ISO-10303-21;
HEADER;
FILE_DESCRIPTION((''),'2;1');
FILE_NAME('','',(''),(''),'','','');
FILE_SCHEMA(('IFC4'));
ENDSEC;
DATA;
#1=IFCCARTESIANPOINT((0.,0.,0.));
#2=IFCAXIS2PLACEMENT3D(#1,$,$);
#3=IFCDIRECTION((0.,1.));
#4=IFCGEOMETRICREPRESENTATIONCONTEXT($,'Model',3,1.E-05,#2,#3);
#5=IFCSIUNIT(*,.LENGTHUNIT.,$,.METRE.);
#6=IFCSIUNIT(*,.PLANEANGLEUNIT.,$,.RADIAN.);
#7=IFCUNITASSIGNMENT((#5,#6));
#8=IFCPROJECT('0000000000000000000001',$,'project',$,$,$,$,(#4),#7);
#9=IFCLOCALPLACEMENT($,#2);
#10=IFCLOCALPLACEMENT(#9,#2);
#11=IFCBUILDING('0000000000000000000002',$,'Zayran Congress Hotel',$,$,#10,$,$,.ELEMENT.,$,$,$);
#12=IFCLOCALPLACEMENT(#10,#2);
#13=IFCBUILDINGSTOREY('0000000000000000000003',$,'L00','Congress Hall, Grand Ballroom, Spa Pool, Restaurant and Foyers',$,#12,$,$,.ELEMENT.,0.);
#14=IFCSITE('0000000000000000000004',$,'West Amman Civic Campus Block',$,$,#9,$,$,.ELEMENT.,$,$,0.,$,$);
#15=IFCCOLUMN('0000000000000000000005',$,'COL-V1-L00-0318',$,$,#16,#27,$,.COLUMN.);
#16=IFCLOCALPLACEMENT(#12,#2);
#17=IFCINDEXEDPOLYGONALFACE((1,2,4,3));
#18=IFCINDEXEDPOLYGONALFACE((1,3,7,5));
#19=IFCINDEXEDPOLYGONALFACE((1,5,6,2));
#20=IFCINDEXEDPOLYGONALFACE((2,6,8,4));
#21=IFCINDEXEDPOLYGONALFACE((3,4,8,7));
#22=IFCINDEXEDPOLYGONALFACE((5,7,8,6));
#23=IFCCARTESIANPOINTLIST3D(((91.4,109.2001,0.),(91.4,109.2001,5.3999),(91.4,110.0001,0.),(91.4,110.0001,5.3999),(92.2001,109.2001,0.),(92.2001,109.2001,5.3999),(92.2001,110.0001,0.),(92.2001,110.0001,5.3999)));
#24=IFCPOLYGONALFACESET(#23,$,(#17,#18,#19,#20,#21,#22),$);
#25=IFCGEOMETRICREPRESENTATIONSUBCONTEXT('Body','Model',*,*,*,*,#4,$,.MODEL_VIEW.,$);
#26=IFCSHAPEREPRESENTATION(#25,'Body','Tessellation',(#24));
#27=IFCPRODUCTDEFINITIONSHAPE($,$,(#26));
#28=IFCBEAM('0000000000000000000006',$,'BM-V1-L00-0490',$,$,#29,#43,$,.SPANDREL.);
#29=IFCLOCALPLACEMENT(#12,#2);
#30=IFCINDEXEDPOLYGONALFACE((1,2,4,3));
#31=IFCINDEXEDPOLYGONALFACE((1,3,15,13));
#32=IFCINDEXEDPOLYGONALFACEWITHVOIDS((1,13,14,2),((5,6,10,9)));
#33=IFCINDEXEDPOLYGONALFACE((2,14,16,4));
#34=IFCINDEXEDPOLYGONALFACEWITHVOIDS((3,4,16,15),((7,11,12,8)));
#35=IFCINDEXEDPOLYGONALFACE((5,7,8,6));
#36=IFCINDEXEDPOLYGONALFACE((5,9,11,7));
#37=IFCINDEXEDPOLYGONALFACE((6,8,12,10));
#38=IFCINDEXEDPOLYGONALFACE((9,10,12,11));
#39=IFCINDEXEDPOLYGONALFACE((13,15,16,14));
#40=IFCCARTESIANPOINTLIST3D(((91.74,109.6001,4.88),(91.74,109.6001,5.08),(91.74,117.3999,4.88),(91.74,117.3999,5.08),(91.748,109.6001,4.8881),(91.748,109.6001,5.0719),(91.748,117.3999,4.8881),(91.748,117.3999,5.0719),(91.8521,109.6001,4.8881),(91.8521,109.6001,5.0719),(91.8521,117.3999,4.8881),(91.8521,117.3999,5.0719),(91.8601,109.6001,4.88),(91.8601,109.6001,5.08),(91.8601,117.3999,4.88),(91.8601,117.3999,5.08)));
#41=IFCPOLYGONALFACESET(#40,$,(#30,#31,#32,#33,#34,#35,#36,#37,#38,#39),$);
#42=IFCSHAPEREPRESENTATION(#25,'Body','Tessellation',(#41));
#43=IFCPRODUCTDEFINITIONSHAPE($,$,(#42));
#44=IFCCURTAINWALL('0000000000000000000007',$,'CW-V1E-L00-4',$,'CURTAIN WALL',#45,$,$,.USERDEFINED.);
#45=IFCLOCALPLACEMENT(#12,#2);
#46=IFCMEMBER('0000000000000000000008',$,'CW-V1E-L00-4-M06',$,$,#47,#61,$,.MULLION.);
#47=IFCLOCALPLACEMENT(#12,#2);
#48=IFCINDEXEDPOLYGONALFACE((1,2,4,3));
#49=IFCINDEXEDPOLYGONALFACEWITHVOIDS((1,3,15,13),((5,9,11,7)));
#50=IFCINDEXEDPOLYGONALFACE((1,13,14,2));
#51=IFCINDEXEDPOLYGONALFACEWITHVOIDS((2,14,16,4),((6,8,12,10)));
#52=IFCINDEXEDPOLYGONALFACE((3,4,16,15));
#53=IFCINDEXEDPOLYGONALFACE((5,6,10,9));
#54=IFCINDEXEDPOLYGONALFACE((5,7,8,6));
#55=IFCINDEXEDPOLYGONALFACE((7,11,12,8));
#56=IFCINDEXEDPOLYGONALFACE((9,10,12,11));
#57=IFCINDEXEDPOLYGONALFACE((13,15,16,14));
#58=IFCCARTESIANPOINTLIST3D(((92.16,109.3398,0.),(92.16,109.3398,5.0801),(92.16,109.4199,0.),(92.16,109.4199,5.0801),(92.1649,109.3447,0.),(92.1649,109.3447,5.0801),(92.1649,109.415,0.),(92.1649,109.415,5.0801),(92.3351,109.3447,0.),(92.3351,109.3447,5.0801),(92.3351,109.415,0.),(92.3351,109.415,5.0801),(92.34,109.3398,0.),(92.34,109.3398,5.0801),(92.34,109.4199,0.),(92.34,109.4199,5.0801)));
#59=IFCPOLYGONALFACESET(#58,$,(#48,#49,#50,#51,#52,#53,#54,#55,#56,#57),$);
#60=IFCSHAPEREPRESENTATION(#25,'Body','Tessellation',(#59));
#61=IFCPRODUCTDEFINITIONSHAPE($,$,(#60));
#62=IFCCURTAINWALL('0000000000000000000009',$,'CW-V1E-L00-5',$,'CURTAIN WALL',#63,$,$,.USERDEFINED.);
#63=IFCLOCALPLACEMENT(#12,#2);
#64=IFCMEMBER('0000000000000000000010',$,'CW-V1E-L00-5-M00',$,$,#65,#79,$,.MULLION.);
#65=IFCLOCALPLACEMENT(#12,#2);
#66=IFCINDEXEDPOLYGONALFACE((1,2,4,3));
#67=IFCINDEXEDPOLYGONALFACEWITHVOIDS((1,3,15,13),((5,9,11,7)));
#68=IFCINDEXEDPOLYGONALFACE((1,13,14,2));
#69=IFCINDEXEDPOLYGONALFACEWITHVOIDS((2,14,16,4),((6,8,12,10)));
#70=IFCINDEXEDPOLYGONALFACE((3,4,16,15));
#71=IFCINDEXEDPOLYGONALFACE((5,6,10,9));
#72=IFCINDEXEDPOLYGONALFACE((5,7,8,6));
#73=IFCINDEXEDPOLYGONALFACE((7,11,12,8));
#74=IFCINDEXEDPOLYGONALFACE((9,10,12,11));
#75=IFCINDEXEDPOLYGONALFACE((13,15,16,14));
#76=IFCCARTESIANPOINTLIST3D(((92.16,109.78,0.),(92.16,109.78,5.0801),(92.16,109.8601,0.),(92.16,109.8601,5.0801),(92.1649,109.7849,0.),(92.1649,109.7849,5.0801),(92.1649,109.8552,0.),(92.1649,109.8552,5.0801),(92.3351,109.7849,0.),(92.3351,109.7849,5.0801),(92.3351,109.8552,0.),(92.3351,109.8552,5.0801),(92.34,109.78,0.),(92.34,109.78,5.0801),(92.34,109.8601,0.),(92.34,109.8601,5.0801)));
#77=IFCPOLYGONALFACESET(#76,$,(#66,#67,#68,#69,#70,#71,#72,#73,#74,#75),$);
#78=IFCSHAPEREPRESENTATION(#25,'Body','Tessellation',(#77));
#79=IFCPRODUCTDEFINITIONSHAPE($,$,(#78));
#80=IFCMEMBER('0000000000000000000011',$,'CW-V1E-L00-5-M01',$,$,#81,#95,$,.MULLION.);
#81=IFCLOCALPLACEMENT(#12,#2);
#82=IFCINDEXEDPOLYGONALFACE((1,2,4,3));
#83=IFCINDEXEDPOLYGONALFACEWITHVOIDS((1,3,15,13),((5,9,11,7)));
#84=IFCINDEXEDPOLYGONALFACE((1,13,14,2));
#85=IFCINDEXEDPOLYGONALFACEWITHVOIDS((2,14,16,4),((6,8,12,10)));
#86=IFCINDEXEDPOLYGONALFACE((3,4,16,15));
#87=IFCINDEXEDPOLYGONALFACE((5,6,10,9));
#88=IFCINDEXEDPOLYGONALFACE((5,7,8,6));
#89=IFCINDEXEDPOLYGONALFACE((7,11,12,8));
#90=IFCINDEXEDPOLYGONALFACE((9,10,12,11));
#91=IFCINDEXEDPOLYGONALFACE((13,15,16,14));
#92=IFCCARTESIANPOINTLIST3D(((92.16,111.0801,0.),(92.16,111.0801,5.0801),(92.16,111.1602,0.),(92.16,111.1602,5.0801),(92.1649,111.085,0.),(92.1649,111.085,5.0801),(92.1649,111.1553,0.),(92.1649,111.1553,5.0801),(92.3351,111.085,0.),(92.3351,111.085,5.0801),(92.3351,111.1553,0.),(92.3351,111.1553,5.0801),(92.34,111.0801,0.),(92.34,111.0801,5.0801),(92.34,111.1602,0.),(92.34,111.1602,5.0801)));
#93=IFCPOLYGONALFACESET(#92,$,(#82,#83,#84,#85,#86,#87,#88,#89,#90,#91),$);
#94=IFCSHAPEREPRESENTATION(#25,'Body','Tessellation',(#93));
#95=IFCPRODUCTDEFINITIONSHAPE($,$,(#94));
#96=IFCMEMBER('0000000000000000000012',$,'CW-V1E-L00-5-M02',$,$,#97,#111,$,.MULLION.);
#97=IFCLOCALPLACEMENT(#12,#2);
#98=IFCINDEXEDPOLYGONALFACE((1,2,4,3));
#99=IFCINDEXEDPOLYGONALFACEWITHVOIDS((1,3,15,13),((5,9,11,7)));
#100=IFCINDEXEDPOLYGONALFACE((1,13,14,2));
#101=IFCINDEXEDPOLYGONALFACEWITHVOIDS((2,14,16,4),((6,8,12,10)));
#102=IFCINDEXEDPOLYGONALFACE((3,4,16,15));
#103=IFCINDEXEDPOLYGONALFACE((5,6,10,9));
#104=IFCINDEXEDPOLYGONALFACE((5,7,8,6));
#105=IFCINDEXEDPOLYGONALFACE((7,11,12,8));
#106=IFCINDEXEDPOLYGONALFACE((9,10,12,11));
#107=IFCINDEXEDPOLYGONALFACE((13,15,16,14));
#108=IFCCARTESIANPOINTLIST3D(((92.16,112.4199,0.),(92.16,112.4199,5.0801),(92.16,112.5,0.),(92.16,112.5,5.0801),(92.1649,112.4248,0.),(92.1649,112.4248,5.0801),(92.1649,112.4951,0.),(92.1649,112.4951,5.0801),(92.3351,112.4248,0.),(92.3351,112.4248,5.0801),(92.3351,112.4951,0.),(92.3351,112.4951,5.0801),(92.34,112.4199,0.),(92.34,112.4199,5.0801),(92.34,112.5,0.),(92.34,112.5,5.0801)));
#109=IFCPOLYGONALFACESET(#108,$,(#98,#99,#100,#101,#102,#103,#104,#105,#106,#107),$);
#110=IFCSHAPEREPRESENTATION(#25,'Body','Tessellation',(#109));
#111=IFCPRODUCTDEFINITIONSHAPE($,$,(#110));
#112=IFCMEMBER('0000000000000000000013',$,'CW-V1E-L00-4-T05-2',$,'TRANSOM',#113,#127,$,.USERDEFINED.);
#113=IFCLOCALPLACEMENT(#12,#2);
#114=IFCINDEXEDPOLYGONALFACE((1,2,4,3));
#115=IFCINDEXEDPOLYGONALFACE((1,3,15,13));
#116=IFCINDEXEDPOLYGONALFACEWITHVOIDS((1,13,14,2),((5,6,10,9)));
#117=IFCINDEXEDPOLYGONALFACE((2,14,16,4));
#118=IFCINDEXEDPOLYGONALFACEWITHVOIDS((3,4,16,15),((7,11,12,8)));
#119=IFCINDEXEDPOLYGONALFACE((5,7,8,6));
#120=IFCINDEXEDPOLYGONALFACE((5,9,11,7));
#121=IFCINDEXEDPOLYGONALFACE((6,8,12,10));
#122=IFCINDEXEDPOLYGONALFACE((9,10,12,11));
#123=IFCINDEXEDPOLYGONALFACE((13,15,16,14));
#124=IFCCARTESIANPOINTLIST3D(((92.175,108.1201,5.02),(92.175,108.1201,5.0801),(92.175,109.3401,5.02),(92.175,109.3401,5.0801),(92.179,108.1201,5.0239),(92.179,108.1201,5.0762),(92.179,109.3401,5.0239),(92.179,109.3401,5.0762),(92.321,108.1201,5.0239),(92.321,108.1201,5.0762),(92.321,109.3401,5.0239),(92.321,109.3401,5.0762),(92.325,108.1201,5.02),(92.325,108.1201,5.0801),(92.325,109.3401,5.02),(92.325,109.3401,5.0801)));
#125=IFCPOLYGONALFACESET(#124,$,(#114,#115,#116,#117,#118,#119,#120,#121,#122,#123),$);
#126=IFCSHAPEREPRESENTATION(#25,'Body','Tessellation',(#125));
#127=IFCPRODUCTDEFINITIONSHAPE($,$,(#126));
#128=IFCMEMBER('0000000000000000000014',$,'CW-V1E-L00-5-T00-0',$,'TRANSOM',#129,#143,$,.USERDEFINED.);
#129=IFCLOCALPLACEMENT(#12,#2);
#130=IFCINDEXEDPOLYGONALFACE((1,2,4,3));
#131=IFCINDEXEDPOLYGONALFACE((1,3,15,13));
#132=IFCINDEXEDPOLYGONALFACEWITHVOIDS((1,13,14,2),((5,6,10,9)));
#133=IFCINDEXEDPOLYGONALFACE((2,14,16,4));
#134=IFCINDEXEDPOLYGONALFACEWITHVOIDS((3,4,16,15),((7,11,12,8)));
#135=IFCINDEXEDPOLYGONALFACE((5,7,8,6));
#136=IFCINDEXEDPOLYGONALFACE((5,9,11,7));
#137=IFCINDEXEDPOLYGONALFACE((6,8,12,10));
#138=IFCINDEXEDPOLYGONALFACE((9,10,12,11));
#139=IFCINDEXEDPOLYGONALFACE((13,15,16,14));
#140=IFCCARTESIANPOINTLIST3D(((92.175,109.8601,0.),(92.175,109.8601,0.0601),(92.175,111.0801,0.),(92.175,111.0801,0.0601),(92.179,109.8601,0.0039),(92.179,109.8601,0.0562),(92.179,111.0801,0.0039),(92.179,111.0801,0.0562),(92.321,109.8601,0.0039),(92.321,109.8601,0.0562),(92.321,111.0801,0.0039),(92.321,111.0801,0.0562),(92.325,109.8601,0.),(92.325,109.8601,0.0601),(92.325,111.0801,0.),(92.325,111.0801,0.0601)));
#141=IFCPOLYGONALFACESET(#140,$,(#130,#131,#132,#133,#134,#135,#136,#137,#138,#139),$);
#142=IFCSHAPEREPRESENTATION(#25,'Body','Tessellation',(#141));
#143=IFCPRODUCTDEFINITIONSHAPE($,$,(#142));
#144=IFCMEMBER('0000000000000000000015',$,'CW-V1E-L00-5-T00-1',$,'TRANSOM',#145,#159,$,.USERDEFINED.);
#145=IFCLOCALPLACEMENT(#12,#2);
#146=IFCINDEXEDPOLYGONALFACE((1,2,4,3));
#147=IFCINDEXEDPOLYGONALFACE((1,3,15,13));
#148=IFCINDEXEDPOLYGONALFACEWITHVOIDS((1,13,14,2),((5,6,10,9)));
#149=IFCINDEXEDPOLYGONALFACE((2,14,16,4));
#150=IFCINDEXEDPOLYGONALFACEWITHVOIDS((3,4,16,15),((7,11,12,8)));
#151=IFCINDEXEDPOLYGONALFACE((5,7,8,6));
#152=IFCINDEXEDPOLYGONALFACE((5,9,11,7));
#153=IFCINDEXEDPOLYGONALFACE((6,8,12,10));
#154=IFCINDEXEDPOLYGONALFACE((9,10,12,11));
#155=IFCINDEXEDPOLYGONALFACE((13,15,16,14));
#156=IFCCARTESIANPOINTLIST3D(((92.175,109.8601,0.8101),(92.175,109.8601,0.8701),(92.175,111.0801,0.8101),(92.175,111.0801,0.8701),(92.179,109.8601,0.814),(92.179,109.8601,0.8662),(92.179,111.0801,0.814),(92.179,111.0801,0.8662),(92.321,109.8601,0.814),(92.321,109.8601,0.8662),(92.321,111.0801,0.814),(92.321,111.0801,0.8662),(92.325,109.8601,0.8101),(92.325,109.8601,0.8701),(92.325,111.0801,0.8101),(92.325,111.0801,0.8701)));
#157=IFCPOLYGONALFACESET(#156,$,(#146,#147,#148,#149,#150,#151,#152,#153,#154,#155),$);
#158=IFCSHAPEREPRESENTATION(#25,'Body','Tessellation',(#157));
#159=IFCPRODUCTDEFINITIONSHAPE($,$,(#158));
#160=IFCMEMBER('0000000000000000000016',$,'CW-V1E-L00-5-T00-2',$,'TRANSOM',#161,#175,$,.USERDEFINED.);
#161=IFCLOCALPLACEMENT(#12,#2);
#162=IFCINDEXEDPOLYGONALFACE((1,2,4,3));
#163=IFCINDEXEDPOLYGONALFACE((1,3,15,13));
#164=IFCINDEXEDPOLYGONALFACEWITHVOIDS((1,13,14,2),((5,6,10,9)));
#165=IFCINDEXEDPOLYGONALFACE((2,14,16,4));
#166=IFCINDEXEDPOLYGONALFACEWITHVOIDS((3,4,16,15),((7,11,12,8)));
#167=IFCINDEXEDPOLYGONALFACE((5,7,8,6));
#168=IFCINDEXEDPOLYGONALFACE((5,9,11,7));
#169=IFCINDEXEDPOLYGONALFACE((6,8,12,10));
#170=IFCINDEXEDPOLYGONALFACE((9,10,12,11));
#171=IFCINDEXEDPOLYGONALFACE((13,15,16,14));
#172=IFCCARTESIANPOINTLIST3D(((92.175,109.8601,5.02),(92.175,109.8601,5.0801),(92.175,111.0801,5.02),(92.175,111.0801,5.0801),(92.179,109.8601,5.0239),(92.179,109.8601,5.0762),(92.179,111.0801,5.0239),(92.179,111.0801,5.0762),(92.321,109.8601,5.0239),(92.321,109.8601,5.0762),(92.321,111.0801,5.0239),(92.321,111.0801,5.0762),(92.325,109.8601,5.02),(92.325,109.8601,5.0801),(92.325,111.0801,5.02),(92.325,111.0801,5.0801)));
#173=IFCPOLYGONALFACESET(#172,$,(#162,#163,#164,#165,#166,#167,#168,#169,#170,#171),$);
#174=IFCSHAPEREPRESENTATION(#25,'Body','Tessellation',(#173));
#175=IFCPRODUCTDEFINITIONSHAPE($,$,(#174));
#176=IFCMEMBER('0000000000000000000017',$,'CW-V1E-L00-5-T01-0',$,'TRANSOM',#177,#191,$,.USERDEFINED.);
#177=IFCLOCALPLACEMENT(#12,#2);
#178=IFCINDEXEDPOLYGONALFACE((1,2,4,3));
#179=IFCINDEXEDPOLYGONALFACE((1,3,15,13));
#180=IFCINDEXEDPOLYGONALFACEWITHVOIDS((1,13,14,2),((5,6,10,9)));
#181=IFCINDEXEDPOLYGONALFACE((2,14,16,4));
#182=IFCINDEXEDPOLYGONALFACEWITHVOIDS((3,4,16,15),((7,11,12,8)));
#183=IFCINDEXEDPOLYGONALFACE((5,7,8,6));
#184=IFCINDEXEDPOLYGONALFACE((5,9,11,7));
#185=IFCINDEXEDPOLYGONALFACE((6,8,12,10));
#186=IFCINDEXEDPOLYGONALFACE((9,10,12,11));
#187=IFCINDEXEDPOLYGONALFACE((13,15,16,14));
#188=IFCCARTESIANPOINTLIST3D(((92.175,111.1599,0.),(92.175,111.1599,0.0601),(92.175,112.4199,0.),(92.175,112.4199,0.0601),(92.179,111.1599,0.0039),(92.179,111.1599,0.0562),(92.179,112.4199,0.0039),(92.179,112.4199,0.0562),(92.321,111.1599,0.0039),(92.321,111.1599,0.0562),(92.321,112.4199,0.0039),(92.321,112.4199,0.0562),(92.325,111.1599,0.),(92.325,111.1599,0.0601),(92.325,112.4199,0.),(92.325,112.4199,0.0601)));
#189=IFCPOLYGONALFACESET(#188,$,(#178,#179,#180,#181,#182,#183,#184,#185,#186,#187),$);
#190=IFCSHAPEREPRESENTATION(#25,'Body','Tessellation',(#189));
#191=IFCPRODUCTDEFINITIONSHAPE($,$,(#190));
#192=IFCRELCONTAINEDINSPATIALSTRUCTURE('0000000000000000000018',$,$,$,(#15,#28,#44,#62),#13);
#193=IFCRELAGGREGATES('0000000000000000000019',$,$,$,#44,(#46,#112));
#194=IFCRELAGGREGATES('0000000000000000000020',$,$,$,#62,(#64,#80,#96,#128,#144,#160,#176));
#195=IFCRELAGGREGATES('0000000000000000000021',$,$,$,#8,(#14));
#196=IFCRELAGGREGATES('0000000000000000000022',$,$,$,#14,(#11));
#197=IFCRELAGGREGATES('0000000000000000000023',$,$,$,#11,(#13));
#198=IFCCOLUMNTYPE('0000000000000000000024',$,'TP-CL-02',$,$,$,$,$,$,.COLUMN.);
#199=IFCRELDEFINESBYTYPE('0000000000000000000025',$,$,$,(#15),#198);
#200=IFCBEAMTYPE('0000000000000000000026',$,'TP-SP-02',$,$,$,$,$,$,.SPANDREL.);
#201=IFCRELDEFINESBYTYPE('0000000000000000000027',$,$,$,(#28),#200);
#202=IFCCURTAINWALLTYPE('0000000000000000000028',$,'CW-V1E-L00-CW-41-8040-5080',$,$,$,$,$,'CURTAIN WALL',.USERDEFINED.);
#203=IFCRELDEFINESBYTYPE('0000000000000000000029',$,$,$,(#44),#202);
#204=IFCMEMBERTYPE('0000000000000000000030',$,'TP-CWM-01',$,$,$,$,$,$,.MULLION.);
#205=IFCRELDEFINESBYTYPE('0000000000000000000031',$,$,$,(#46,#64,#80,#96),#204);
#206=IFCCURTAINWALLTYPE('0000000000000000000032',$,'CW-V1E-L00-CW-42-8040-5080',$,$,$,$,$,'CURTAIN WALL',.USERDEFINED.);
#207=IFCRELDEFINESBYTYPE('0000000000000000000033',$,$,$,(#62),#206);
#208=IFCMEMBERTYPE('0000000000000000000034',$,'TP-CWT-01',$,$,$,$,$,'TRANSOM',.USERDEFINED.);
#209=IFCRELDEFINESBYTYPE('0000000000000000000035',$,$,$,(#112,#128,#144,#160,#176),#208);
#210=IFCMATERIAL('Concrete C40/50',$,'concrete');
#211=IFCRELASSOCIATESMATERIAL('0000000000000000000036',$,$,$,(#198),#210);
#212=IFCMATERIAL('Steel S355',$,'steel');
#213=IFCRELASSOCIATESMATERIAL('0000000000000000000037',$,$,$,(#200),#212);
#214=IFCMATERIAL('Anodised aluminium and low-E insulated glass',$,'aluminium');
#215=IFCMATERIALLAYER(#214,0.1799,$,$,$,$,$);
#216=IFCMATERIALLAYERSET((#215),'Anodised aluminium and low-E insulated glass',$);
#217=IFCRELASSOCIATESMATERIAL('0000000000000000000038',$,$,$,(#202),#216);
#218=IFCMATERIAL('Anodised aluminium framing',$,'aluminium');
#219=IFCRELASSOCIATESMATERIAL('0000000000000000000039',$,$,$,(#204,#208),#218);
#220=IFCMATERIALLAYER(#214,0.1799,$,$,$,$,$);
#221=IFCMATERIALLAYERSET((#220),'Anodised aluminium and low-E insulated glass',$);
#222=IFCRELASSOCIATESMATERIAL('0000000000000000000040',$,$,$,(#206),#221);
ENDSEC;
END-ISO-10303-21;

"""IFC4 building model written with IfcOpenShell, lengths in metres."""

from ifc_helpers import new_model, si_unit, direction, frame, origin, origin_2d, place, context, subcontext, project, spatial, rectangle, hollow_rectangle, extrude, material, layer, layer_set, material_profile, profile_set, type_object, element, aggregate, save


model = new_model("IFC4")

# Units and contexts
model_context = context("Model", 3, precision=1e-05, world=origin(), true_north=direction((0.0, 1.0)))
body_context = subcontext(model_context, "Body", "Model", "MODEL_VIEW")
ifc_project = project(units=[si_unit("LENGTHUNIT", "METRE"), si_unit("PLANEANGLEUNIT", "RADIAN")], contexts=[model_context])

# Site, building, storey
site_placement = place(None, origin())
site = spatial("IfcSite", under=ifc_project, at=site_placement, Name="West Amman Civic Campus Block", CompositionType="ELEMENT", RefElevation=0.0)
building_placement = place(site_placement, origin())
building = spatial("IfcBuilding", under=site, at=building_placement, Name="Zayran Congress Hotel", CompositionType="ELEMENT")
storey_placement = place(building_placement, origin())
storey = spatial("IfcBuildingStorey", under=building, at=storey_placement, Name="L00", Description="Congress Hall, Grand Ballroom, Spa Pool, Restaurant and Foyers", CompositionType="ELEMENT", Elevation=0.0)

# Column
ifc_material_1 = material(Name="Concrete C40/50", Category="concrete")
ifc_material_profile_1 = material_profile(ifc_material_1, rectangle(XDim=0.8, YDim=0.8, at=origin_2d()), Name="RC 800x800")
ifc_profile_set_1 = profile_set([ifc_material_profile_1], Name="Concrete C40/50")
column_type = type_object("IfcColumnType", Name="TP-CL-02", PredefinedType="COLUMN", material=ifc_profile_set_1)
column_placement = place(storey_placement, frame((91.8, 109.6001, 0.0), z_axis=(0.0, 0.0, 1.0), x_axis=(1.0, 0.0, 0.0)))
element("IfcColumn", 1, at=column_placement, inside=storey, type_object=column_type, Name="COL-V1-L00-0318", PredefinedType="COLUMN", context=body_context, shape_type="SweptSolid", body=[
    extrude(rectangle(XDim=0.8, YDim=0.8, at=origin_2d()), origin(), (0.0, 0.0, 1.0), 5.3999),
])

# Beam
ifc_material_2 = material(Name="Steel S355", Category="steel")
ifc_material_profile_2 = material_profile(ifc_material_2, hollow_rectangle(XDim=0.1201, YDim=0.2, WallThickness=0.0081, at=origin_2d()), Name="RHS 200x120x8")
ifc_profile_set_2 = profile_set([ifc_material_profile_2], Name="Steel S355")
beam_type = type_object("IfcBeamType", Name="TP-SP-02", PredefinedType="SPANDREL", material=ifc_profile_set_2)
beam_placement = place(storey_placement, frame((91.8, 109.6001, 4.98), z_axis=(0.0, 1.0, 0.0), x_axis=(-1.0, 0.0, 0.0)))
element("IfcBeam", 2, at=beam_placement, inside=storey, type_object=beam_type, Name="BM-V1-L00-0490", PredefinedType="SPANDREL", context=body_context, shape_type="SweptSolid", body=[
    extrude(hollow_rectangle(XDim=0.1201, YDim=0.2, WallThickness=0.0081, at=origin_2d()), origin(), (0.0, 0.0, 1.0), 7.7998),
])

# Curtain wall, member
ifc_material_3 = material(Name="Anodised aluminium and low-E insulated glass", Category="aluminium")
ifc_layer_1 = layer(ifc_material_3, 0.1799)
ifc_layer_set_1 = layer_set([ifc_layer_1], Name="Anodised aluminium and low-E insulated glass")
curtain_wall_type_1 = type_object("IfcCurtainWallType", Name="CW-V1E-L00-CW-41-8040-5080", ElementType="CURTAIN WALL", PredefinedType="USERDEFINED", material=ifc_layer_set_1)
curtain_wall_1_placement = place(storey_placement, origin())
curtain_wall_1 = element("IfcCurtainWall", 3, at=curtain_wall_1_placement, inside=storey, type_object=curtain_wall_type_1, Name="CW-V1E-L00-4", ObjectType="CURTAIN WALL", PredefinedType="USERDEFINED")
ifc_material_4 = material(Name="Anodised aluminium framing", Category="aluminium")
ifc_material_profile_3 = material_profile(ifc_material_4, hollow_rectangle(XDim=0.0801, YDim=0.1799, WallThickness=0.0049, at=origin_2d()), Name="RHS 180x80x5")
ifc_profile_set_3 = profile_set([ifc_material_profile_3], Name="Anodised aluminium framing")
member_type_1 = type_object("IfcMemberType", Name="TP-CWM-01", PredefinedType="MULLION", material=ifc_profile_set_3)
member_1_placement = place(storey_placement, frame((92.25, 109.3799, 0.0), z_axis=(0.0, 0.0, 1.0), x_axis=(0.0, 1.0, 0.0)))
member_1 = element("IfcMember", 4, at=member_1_placement, type_object=member_type_1, Name="CW-V1E-L00-4-M06", PredefinedType="MULLION", context=body_context, shape_type="SweptSolid", body=[
    extrude(hollow_rectangle(XDim=0.0801, YDim=0.1799, WallThickness=0.0049, at=origin_2d()), origin(), (0.0, 0.0, 1.0), 5.0801),
])

# Curtain wall, members
ifc_layer_2 = layer(ifc_material_3, 0.1799)
ifc_layer_set_2 = layer_set([ifc_layer_2], Name="Anodised aluminium and low-E insulated glass")
curtain_wall_type_2 = type_object("IfcCurtainWallType", Name="CW-V1E-L00-CW-42-8040-5080", ElementType="CURTAIN WALL", PredefinedType="USERDEFINED", material=ifc_layer_set_2)
curtain_wall_2_placement = place(storey_placement, origin())
curtain_wall_2 = element("IfcCurtainWall", 5, at=curtain_wall_2_placement, inside=storey, type_object=curtain_wall_type_2, Name="CW-V1E-L00-5", ObjectType="CURTAIN WALL", PredefinedType="USERDEFINED")
member_2_placement = place(storey_placement, frame((92.25, 109.8201, 0.0), z_axis=(0.0, 0.0, 1.0), x_axis=(0.0, 1.0, 0.0)))
member_2 = element("IfcMember", 6, at=member_2_placement, type_object=member_type_1, Name="CW-V1E-L00-5-M00", PredefinedType="MULLION", context=body_context, shape_type="SweptSolid", body=[
    extrude(hollow_rectangle(XDim=0.0801, YDim=0.1799, WallThickness=0.0049, at=origin_2d()), origin(), (0.0, 0.0, 1.0), 5.0801),
])
member_3_placement = place(storey_placement, frame((92.25, 111.1201, 0.0), z_axis=(0.0, 0.0, 1.0), x_axis=(0.0, 1.0, 0.0)))
member_3 = element("IfcMember", 7, at=member_3_placement, type_object=member_type_1, Name="CW-V1E-L00-5-M01", PredefinedType="MULLION", context=body_context, shape_type="SweptSolid", body=[
    extrude(hollow_rectangle(XDim=0.0801, YDim=0.1799, WallThickness=0.0049, at=origin_2d()), origin(), (0.0, 0.0, 1.0), 5.0801),
])
member_4_placement = place(storey_placement, frame((92.25, 112.46, 0.0), z_axis=(0.0, 0.0, 1.0), x_axis=(0.0, 1.0, 0.0)))
member_4 = element("IfcMember", 8, at=member_4_placement, type_object=member_type_1, Name="CW-V1E-L00-5-M02", PredefinedType="MULLION", context=body_context, shape_type="SweptSolid", body=[
    extrude(hollow_rectangle(XDim=0.0801, YDim=0.1799, WallThickness=0.0049, at=origin_2d()), origin(), (0.0, 0.0, 1.0), 5.0801),
])

# Members
ifc_material_profile_4 = material_profile(ifc_material_4, hollow_rectangle(XDim=0.0601, YDim=0.1499, WallThickness=0.0039, at=origin_2d()), Name="RHS 150x60x4")
ifc_profile_set_4 = profile_set([ifc_material_profile_4], Name="Anodised aluminium framing")
member_type_2 = type_object("IfcMemberType", Name="TP-CWT-01", ElementType="TRANSOM", PredefinedType="USERDEFINED", material=ifc_profile_set_4)
member_5_placement = place(storey_placement, frame((92.25, 108.1201, 5.05), z_axis=(0.0, 1.0, 0.0), x_axis=(0.0, 0.0, 1.0)))
member_5 = element("IfcMember", 9, at=member_5_placement, type_object=member_type_2, Name="CW-V1E-L00-4-T05-2", ObjectType="TRANSOM", PredefinedType="USERDEFINED", context=body_context, shape_type="SweptSolid", body=[
    extrude(hollow_rectangle(XDim=0.0601, YDim=0.1499, WallThickness=0.0039, at=origin_2d()), origin(), (0.0, 0.0, 1.0), 1.22),
])
member_6_placement = place(storey_placement, frame((92.25, 109.8601, 0.03), z_axis=(0.0, 1.0, 0.0), x_axis=(0.0, 0.0, 1.0)))
member_6 = element("IfcMember", 10, at=member_6_placement, type_object=member_type_2, Name="CW-V1E-L00-5-T00-0", ObjectType="TRANSOM", PredefinedType="USERDEFINED", context=body_context, shape_type="SweptSolid", body=[
    extrude(hollow_rectangle(XDim=0.0601, YDim=0.1499, WallThickness=0.0039, at=origin_2d()), origin(), (0.0, 0.0, 1.0), 1.22),
])
member_7_placement = place(storey_placement, frame((92.25, 109.8601, 0.8401), z_axis=(0.0, 1.0, 0.0), x_axis=(0.0, 0.0, 1.0)))
member_7 = element("IfcMember", 11, at=member_7_placement, type_object=member_type_2, Name="CW-V1E-L00-5-T00-1", ObjectType="TRANSOM", PredefinedType="USERDEFINED", context=body_context, shape_type="SweptSolid", body=[
    extrude(hollow_rectangle(XDim=0.0601, YDim=0.1499, WallThickness=0.0039, at=origin_2d()), origin(), (0.0, 0.0, 1.0), 1.22),
])
member_8_placement = place(storey_placement, frame((92.25, 109.8601, 5.05), z_axis=(0.0, 1.0, 0.0), x_axis=(0.0, 0.0, 1.0)))
member_8 = element("IfcMember", 12, at=member_8_placement, type_object=member_type_2, Name="CW-V1E-L00-5-T00-2", ObjectType="TRANSOM", PredefinedType="USERDEFINED", context=body_context, shape_type="SweptSolid", body=[
    extrude(hollow_rectangle(XDim=0.0601, YDim=0.1499, WallThickness=0.0039, at=origin_2d()), origin(), (0.0, 0.0, 1.0), 1.22),
])
member_9_placement = place(storey_placement, frame((92.25, 111.1599, 0.03), z_axis=(0.0, 1.0, 0.0), x_axis=(0.0, 0.0, 1.0)))
member_9 = element("IfcMember", 13, at=member_9_placement, type_object=member_type_2, Name="CW-V1E-L00-5-T01-0", ObjectType="TRANSOM", PredefinedType="USERDEFINED", context=body_context, shape_type="SweptSolid", body=[
    extrude(hollow_rectangle(XDim=0.0601, YDim=0.1499, WallThickness=0.0039, at=origin_2d()), origin(), (0.0, 0.0, 1.0), 1.26),
])

aggregate(curtain_wall_1, [member_1, member_5])
aggregate(curtain_wall_2, [member_2, member_3, member_4, member_6, member_7, member_8, member_9])

save(model, "model.ifc")
